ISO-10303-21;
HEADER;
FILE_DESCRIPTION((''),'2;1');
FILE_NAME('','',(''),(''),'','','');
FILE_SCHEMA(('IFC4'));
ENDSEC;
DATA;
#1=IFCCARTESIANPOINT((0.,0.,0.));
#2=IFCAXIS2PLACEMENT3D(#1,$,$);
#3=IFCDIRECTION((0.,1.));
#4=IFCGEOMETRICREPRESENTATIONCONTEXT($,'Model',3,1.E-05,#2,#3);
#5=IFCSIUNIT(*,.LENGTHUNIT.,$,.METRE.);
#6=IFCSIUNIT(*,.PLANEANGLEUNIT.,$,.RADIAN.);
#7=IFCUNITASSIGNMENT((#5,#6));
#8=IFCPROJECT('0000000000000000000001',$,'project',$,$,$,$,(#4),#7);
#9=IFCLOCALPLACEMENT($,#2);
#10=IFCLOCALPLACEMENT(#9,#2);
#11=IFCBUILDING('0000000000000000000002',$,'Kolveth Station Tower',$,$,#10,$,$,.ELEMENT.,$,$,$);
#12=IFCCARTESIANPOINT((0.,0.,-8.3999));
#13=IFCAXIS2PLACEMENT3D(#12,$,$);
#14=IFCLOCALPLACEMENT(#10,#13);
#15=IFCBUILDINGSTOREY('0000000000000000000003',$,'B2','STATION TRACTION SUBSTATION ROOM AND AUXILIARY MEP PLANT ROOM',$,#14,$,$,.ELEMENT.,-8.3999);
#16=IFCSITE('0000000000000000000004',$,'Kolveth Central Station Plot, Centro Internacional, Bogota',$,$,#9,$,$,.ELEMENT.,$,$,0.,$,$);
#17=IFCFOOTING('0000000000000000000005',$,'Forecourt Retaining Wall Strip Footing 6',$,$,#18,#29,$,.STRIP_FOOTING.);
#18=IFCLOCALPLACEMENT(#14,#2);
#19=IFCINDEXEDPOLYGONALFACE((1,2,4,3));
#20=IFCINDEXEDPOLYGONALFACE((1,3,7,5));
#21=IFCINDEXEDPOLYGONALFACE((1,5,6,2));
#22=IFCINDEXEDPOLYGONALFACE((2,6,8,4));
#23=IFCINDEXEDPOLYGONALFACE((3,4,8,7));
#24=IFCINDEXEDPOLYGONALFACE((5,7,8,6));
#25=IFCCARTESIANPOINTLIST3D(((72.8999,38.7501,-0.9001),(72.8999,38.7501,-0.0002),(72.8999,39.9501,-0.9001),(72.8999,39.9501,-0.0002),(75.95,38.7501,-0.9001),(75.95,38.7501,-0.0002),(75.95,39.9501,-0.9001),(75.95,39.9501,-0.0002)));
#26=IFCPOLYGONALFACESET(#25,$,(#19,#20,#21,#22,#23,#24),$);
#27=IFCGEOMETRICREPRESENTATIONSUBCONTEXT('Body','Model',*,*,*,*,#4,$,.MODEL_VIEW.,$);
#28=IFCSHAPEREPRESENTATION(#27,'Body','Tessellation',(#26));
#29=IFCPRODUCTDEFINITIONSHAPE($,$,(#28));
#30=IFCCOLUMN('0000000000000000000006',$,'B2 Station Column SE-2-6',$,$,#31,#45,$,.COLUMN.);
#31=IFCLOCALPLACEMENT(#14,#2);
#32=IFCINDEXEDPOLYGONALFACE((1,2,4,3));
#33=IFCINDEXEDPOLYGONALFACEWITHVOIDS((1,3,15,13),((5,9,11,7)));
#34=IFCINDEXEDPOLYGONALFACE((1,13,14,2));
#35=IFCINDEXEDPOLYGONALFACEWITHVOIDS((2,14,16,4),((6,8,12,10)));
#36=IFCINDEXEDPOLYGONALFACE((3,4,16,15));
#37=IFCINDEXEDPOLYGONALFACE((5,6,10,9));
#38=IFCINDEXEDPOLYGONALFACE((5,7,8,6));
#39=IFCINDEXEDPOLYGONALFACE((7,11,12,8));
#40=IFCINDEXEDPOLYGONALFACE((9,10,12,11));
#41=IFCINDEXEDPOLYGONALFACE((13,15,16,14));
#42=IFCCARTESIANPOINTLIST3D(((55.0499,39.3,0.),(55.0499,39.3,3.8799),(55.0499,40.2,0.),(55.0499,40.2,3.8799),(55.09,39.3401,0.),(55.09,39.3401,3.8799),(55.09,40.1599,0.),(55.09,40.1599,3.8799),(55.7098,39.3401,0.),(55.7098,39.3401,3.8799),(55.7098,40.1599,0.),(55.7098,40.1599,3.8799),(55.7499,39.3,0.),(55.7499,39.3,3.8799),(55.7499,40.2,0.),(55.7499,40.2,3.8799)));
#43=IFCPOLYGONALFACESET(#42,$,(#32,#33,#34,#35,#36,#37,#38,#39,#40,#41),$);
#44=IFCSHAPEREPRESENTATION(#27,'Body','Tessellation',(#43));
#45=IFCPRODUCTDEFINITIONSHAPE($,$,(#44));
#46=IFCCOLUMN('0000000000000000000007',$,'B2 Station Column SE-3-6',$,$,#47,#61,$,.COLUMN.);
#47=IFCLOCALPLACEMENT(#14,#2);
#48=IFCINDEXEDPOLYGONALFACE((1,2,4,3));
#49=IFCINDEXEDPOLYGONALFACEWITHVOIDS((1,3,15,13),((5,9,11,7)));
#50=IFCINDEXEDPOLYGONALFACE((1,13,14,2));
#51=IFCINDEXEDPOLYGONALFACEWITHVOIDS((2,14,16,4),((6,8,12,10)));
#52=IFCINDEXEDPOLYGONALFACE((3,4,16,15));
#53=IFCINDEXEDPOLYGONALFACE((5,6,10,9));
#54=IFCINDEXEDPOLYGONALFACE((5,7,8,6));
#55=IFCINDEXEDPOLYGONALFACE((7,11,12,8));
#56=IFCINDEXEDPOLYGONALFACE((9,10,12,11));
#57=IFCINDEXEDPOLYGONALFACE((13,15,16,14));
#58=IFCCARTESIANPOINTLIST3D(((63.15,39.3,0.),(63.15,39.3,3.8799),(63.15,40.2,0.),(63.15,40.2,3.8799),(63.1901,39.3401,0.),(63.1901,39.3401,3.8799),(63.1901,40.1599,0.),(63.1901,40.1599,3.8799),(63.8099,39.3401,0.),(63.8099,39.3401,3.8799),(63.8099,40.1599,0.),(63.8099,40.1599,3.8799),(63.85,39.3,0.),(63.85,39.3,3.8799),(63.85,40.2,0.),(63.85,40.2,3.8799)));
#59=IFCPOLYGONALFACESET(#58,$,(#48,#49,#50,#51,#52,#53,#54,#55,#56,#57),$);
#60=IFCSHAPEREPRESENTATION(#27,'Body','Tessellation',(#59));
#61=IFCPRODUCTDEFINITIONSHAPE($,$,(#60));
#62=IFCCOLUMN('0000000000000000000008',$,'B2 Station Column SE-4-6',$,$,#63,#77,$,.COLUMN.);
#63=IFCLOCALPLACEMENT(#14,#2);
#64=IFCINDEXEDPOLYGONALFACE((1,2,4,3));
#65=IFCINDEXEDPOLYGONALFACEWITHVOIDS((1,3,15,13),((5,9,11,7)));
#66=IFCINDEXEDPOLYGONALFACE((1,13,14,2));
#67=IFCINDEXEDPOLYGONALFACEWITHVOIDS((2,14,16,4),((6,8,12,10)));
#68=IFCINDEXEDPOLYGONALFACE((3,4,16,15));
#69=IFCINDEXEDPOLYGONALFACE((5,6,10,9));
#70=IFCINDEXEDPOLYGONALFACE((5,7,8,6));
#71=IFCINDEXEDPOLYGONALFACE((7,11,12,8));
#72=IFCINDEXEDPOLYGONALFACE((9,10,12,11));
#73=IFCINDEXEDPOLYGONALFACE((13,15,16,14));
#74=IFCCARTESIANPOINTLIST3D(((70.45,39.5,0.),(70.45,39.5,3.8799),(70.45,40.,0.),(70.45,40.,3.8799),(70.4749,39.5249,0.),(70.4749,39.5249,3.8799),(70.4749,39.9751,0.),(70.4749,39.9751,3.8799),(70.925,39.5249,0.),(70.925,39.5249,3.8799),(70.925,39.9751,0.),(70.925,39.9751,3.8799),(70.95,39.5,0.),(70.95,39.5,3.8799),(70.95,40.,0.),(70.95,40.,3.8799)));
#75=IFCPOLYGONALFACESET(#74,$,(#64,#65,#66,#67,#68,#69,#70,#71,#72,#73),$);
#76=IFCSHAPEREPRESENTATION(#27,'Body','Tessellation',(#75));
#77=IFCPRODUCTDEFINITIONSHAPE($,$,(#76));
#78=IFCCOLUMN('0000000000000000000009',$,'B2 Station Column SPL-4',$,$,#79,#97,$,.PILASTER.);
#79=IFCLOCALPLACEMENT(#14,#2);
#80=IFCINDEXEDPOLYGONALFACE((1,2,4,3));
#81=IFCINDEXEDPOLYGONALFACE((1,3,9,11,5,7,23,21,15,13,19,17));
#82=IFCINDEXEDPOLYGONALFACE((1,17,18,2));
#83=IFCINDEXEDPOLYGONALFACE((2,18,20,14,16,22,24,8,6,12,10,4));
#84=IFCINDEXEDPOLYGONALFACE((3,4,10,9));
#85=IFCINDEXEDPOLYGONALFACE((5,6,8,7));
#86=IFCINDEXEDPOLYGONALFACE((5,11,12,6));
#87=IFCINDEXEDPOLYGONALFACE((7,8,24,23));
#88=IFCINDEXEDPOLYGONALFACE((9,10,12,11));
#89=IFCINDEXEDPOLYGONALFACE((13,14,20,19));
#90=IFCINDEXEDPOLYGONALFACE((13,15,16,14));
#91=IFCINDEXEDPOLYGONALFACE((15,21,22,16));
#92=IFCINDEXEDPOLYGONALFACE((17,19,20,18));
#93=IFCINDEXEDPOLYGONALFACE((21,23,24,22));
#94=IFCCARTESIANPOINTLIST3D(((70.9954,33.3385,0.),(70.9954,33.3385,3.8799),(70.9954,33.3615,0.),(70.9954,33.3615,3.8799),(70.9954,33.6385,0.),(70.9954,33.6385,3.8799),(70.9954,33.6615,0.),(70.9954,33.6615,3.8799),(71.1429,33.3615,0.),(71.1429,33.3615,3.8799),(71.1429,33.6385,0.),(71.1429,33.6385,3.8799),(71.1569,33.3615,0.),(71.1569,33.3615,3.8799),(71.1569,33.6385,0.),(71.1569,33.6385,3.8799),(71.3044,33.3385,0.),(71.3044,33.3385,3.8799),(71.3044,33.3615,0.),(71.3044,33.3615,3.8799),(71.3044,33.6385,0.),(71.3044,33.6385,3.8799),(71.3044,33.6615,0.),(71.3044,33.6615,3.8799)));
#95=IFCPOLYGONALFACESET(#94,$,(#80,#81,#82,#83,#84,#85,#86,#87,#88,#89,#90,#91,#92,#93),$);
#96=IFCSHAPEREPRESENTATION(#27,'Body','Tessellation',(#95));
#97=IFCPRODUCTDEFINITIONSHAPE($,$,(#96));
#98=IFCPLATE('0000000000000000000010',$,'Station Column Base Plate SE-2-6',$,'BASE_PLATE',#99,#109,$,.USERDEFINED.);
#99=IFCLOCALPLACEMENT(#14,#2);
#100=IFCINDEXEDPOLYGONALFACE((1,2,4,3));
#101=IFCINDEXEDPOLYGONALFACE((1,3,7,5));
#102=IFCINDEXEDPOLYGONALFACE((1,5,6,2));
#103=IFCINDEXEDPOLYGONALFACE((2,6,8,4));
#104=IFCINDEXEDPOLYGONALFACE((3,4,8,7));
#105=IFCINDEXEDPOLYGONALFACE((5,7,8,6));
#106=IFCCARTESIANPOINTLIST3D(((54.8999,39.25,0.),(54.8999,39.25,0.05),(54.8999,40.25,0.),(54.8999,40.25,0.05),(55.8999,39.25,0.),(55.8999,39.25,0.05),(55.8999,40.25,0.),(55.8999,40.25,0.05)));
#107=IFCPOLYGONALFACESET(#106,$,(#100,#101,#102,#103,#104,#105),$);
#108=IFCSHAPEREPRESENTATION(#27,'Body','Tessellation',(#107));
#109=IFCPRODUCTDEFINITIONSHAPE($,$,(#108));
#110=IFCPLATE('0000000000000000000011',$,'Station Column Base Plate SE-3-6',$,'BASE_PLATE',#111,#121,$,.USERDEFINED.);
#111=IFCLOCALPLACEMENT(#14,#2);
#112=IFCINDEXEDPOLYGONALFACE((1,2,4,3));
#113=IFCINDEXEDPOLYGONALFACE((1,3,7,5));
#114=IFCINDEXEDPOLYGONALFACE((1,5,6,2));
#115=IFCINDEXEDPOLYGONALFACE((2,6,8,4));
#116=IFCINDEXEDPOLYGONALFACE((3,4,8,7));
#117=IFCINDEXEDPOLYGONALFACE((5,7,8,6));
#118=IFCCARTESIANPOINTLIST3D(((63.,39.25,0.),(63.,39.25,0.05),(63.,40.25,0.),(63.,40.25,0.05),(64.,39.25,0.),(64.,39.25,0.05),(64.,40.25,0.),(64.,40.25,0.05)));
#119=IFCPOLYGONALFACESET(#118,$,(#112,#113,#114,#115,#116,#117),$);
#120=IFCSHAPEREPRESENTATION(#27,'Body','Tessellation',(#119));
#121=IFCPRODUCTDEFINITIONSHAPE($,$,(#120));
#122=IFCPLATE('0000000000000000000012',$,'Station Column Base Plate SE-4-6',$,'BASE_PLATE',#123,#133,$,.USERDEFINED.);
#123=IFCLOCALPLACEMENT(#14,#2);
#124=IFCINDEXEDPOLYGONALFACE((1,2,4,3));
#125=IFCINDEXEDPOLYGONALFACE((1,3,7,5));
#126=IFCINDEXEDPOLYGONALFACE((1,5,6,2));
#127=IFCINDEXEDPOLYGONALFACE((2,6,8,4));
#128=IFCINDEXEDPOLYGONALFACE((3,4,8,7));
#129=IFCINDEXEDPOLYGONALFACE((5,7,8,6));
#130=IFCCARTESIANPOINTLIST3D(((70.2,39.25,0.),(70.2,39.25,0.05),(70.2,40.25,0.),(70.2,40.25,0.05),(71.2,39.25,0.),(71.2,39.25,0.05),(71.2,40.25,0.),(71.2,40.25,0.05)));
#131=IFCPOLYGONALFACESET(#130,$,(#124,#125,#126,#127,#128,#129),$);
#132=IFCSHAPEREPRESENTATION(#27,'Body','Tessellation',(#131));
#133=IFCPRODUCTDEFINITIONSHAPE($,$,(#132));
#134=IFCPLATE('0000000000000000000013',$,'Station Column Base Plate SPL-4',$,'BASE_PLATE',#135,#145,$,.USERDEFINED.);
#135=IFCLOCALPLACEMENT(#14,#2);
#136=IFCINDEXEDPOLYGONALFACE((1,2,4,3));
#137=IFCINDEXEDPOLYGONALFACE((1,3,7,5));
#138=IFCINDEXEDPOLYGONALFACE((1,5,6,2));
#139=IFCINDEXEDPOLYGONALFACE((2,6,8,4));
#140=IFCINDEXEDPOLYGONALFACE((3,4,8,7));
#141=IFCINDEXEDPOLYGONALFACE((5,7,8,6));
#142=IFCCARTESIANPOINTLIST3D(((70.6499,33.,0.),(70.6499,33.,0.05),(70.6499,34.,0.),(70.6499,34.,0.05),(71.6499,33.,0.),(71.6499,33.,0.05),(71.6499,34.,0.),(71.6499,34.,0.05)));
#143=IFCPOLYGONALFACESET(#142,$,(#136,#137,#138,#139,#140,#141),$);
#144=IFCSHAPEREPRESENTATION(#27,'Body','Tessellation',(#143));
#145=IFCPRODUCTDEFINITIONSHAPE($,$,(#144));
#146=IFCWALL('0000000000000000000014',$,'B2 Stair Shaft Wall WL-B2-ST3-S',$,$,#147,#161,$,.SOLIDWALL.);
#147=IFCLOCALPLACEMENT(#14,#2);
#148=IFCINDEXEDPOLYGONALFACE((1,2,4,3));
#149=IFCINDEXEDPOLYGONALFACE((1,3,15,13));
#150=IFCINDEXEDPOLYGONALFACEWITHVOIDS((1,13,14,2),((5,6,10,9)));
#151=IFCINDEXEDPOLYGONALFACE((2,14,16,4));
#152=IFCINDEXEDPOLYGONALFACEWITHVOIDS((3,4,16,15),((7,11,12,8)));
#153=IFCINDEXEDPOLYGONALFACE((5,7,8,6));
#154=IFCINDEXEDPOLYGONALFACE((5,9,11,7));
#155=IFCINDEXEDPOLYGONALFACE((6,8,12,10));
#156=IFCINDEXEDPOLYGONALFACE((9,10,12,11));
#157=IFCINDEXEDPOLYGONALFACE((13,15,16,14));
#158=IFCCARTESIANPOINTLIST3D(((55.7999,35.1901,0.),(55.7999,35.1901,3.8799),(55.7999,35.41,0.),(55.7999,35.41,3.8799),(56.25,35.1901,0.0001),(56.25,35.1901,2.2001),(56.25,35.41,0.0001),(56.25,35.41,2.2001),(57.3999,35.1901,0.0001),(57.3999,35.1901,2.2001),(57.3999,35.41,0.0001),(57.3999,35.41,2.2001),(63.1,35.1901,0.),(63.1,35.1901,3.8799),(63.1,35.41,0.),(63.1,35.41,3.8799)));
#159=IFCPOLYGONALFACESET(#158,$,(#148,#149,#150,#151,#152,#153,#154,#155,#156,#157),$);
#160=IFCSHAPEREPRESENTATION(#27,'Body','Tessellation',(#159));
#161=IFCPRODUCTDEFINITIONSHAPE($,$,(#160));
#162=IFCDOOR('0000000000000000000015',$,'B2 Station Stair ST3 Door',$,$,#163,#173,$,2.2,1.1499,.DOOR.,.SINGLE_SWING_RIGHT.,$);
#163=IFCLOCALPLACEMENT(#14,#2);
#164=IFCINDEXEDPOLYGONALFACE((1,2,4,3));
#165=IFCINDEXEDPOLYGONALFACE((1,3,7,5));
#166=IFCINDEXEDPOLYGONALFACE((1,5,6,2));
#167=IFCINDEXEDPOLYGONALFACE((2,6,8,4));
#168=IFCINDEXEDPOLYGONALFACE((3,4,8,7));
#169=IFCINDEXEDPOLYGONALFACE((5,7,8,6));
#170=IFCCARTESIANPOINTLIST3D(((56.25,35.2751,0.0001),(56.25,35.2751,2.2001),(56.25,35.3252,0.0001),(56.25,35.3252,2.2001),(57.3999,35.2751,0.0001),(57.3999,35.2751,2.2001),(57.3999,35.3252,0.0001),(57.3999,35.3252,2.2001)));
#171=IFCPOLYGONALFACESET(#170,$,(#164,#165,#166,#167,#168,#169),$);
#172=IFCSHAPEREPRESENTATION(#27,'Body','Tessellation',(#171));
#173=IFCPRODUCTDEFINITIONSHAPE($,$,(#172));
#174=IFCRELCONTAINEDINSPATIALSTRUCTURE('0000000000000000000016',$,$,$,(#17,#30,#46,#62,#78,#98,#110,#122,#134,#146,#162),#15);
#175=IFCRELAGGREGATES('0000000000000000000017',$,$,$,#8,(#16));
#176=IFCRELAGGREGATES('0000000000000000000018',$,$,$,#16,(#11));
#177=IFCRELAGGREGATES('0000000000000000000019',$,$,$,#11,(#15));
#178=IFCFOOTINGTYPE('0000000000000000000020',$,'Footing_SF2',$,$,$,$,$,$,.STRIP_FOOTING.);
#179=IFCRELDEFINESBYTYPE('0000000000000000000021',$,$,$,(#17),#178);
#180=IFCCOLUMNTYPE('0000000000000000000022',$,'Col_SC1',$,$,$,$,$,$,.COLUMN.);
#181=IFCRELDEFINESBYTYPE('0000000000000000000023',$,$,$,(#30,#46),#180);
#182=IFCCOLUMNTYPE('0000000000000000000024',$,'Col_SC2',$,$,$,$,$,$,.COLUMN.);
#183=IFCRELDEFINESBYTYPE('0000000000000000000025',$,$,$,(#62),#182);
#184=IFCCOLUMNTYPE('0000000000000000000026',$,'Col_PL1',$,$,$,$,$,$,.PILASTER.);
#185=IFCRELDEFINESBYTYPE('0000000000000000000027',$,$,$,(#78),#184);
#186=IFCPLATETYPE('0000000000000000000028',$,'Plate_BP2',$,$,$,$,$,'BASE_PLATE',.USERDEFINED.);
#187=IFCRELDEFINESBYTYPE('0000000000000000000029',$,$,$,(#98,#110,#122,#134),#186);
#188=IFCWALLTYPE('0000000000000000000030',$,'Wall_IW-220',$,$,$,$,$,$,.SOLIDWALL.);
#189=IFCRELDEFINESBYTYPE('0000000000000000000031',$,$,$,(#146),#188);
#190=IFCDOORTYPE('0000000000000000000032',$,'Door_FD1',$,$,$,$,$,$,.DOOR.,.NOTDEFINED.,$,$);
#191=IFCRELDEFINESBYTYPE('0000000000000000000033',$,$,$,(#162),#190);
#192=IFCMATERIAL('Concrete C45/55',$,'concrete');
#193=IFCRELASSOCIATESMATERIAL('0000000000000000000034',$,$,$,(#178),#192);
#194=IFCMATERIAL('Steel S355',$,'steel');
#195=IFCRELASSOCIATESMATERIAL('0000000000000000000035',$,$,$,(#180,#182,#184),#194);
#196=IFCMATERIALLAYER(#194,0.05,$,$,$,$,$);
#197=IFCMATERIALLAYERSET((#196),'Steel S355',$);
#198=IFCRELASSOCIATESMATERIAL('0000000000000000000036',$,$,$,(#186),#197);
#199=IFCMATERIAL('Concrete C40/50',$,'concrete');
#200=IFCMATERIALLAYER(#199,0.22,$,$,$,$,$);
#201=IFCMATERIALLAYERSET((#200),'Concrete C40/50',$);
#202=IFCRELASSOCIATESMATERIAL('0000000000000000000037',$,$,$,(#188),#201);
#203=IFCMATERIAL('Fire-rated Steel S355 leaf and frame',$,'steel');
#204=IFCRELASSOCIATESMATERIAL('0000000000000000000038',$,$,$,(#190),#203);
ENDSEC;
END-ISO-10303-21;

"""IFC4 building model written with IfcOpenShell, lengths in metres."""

from ifc_helpers import new_model, si_unit, direction, frame, frame_2d, origin, origin_2d, place, context, subcontext, project, spatial, rectangle, hollow_rectangle, i_section, extrude, source, transform, mapped, material, layer, layer_set, material_profile, profile_set, type_object, element, fill, save


model = new_model("IFC4")

# Units and contexts
model_context = context("Model", 3, precision=1e-05, world=origin(), true_north=direction((0.0, 1.0)))
body_context = subcontext(model_context, "Body", "Model", "MODEL_VIEW")
ifc_project = project(units=[si_unit("LENGTHUNIT", "METRE"), si_unit("PLANEANGLEUNIT", "RADIAN")], contexts=[model_context])

# Site, building, storey
site_placement = place(None, origin())
site = spatial("IfcSite", under=ifc_project, at=site_placement, Name="Kolveth Central Station Plot, Centro Internacional, Bogota", CompositionType="ELEMENT", RefElevation=0.0)
building_placement = place(site_placement, origin())
building = spatial("IfcBuilding", under=site, at=building_placement, Name="Kolveth Station Tower", CompositionType="ELEMENT")
storey_placement = place(building_placement, frame((0.0, 0.0, -8.3999)))
storey = spatial("IfcBuildingStorey", under=building, at=storey_placement, Name="B2", Description="STATION TRACTION SUBSTATION ROOM AND AUXILIARY MEP PLANT ROOM", CompositionType="ELEMENT", Elevation=-8.3999)

# Shared definitions
ifc_material_1 = material(Name="Concrete C45/55", Category="concrete")

# Footing
ifc_material_profile_1 = material_profile(ifc_material_1, rectangle(XDim=1.2, YDim=0.8999, at=origin_2d()), Name="RC-1200x900")
ifc_profile_set_1 = profile_set([ifc_material_profile_1], Name="Concrete C45/55")
footing_type = type_object("IfcFootingType", Name="Footing_SF2", PredefinedType="STRIP_FOOTING", material=ifc_profile_set_1)
shared_shape_1 = source(origin(), body_context, "Body", "SweptSolid", [
    extrude(rectangle(XDim=1.2, YDim=0.8999, at=origin_2d()), origin(), (0.0, 0.0, 1.0), 3.05),
])
footing_placement = place(storey_placement, frame((72.8999, 39.3501, -0.4502), z_axis=(1.0, 0.0, 0.0), x_axis=(0.0, 1.0, 0.0)))
element("IfcFooting", 1, at=footing_placement, inside=storey, type_object=footing_type, Name="Forecourt Retaining Wall Strip Footing 6", PredefinedType="STRIP_FOOTING", context=body_context, shape_type="MappedRepresentation", body=[
    mapped(shared_shape_1, transform((0.0, 0.0, 0.0), x_axis=(1.0, 0.0, 0.0), y_axis=(0.0, 1.0, 0.0), z_axis=(0.0, 0.0, 1.0), scale=1.0)),
])

# Columns
ifc_material_2 = material(Name="Steel S355", Category="steel")
ifc_material_profile_2 = material_profile(ifc_material_2, hollow_rectangle(XDim=0.7, YDim=0.8999, WallThickness=0.04, at=origin_2d()), Name="BOX900x700x40")
ifc_profile_set_2 = profile_set([ifc_material_profile_2], Name="Steel S355")
column_type_1 = type_object("IfcColumnType", Name="Col_SC1", PredefinedType="COLUMN", material=ifc_profile_set_2)
shared_shape_2 = source(origin(), body_context, "Body", "SweptSolid", [
    extrude(hollow_rectangle(XDim=0.7, YDim=0.8999, WallThickness=0.04, at=origin_2d()), origin(), (0.0, 0.0, 1.0), 3.8799),
])
for number, where, z_axis, x_axis, name in (
    (2, (55.3999, 39.75, 0.0), (0.0, 0.0, 1.0), (1.0, 0.0, 0.0), "B2 Station Column SE-2-6"),
    (3, (63.5, 39.75, 0.0), (0.0, 0.0, 1.0), (1.0, 0.0, 0.0), "B2 Station Column SE-3-6"),
):
    element("IfcColumn", number, at=place(storey_placement, frame(where, z_axis=z_axis, x_axis=x_axis)), inside=storey, type_object=column_type_1, Name=name, PredefinedType="COLUMN", context=body_context, shape_type="MappedRepresentation", body=[
        mapped(shared_shape_2, transform((0.0, 0.0, 0.0), x_axis=(1.0, 0.0, 0.0), y_axis=(0.0, 1.0, 0.0), z_axis=(0.0, 0.0, 1.0), scale=1.0)),
    ])
ifc_material_profile_3 = material_profile(ifc_material_2, hollow_rectangle(XDim=0.5, YDim=0.5, WallThickness=0.0249, at=origin_2d()), Name="HSS500x500x25")
ifc_profile_set_3 = profile_set([ifc_material_profile_3], Name="Steel S355")
column_type_2 = type_object("IfcColumnType", Name="Col_SC2", PredefinedType="COLUMN", material=ifc_profile_set_3)
shared_shape_3 = source(origin(), body_context, "Body", "SweptSolid", [
    extrude(hollow_rectangle(XDim=0.5, YDim=0.5, WallThickness=0.0249, at=origin_2d()), origin(), (0.0, 0.0, 1.0), 3.8799),
])
column_1_placement = place(storey_placement, frame((70.7, 39.75, 0.0), z_axis=(0.0, 0.0, 1.0), x_axis=(1.0, 0.0, 0.0)))
element("IfcColumn", 4, at=column_1_placement, inside=storey, type_object=column_type_2, Name="B2 Station Column SE-4-6", PredefinedType="COLUMN", context=body_context, shape_type="MappedRepresentation", body=[
    mapped(shared_shape_3, transform((0.0, 0.0, 0.0), x_axis=(1.0, 0.0, 0.0), y_axis=(0.0, 1.0, 0.0), z_axis=(0.0, 0.0, 1.0), scale=1.0)),
])
ifc_material_profile_4 = material_profile(ifc_material_2, i_section(OverallWidth=0.3091, OverallDepth=0.323, WebThickness=0.0139, FlangeThickness=0.0229, at=origin_2d()), Name="W310x143")
ifc_profile_set_4 = profile_set([ifc_material_profile_4], Name="Steel S355")
column_type_3 = type_object("IfcColumnType", Name="Col_PL1", PredefinedType="PILASTER", material=ifc_profile_set_4)
shared_shape_4 = source(origin(), body_context, "Body", "SweptSolid", [
    extrude(i_section(OverallWidth=0.3091, OverallDepth=0.323, WebThickness=0.0139, FlangeThickness=0.0229, at=origin_2d()), origin(), (0.0, 0.0, 1.0), 3.8799),
])
column_2_placement = place(storey_placement, frame((71.1499, 33.5, 0.0), z_axis=(0.0, 0.0, 1.0), x_axis=(1.0, 0.0, 0.0)))
element("IfcColumn", 5, at=column_2_placement, inside=storey, type_object=column_type_3, Name="B2 Station Column SPL-4", PredefinedType="PILASTER", context=body_context, shape_type="MappedRepresentation", body=[
    mapped(shared_shape_4, transform((0.0, 0.0, 0.0), x_axis=(1.0, 0.0, 0.0), y_axis=(0.0, 1.0, 0.0), z_axis=(0.0, 0.0, 1.0), scale=1.0)),
])

# Plates
ifc_layer_1 = layer(ifc_material_2, 0.05)
ifc_layer_set_1 = layer_set([ifc_layer_1], Name="Steel S355")
plate_type = type_object("IfcPlateType", Name="Plate_BP2", ElementType="BASE_PLATE", PredefinedType="USERDEFINED", material=ifc_layer_set_1)
shared_shape_5 = source(origin(), body_context, "Body", "SweptSolid", [
    extrude(rectangle(XDim=1.0, YDim=1.0, at=origin_2d()), origin(), (0.0, 0.0, 1.0), 0.05),
])
for number, where, z_axis, x_axis, name in (
    (6, (55.3999, 39.75, 0.0), (0.0, 0.0, 1.0), (1.0, 0.0, 0.0), "Station Column Base Plate SE-2-6"),
    (7, (63.5, 39.75, 0.0), (0.0, 0.0, 1.0), (1.0, 0.0, 0.0), "Station Column Base Plate SE-3-6"),
    (8, (70.7, 39.75, 0.0), (0.0, 0.0, 1.0), (1.0, 0.0, 0.0), "Station Column Base Plate SE-4-6"),
    (9, (71.1499, 33.5, 0.0), (0.0, 0.0, 1.0), (1.0, 0.0, 0.0), "Station Column Base Plate SPL-4"),
):
    element("IfcPlate", number, at=place(storey_placement, frame(where, z_axis=z_axis, x_axis=x_axis)), inside=storey, type_object=plate_type, Name=name, ObjectType="BASE_PLATE", PredefinedType="USERDEFINED", context=body_context, shape_type="MappedRepresentation", body=[
        mapped(shared_shape_5, transform((0.0, 0.0, 0.0), x_axis=(1.0, 0.0, 0.0), y_axis=(0.0, 1.0, 0.0), z_axis=(0.0, 0.0, 1.0), scale=1.0)),
    ])

# Wall, opening, door
ifc_material_3 = material(Name="Concrete C40/50", Category="concrete")
ifc_layer_2 = layer(ifc_material_3, 0.22)
ifc_layer_set_2 = layer_set([ifc_layer_2], Name="Concrete C40/50")
wall_type_1 = type_object("IfcWallType", Name="Wall_IW-220", PredefinedType="SOLIDWALL", material=ifc_layer_set_2)
wall_1_placement = place(storey_placement, frame((55.8, 35.3, 0.0), z_axis=(0.0, 0.0, 1.0), x_axis=(1.0, 0.0, 0.0)))
wall_1 = element("IfcWall", 10, at=wall_1_placement, inside=storey, type_object=wall_type_1, Name="B2 Stair Shaft Wall WL-B2-ST3-S", PredefinedType="SOLIDWALL", context=body_context, shape_type="SweptSolid", body=[
    extrude(rectangle(XDim=7.3, YDim=0.22, at=frame_2d((3.6499, 0.0))), origin(), (0.0, 0.0, 1.0), 3.8799),
])
opening_placement = place(wall_1_placement, frame((0.45, 0.0, 0.0)))
opening = element("IfcOpeningElement", 11, at=opening_placement, cuts=wall_1, PredefinedType="OPENING", context=body_context, shape_type="SweptSolid", body=[
    extrude(rectangle(XDim=1.1499, YDim=2.2, at=frame_2d((0.575, 1.1001))), frame((0.0, 0.1199, 0.0), z_axis=(0.0, -1.0, 0.0), x_axis=(1.0, 0.0, 0.0)), (0.0, 0.0, 1.0), 0.24),
])
ifc_material_4 = material(Name="Fire-rated Steel S355 leaf and frame", Category="steel")
door_type = type_object("IfcDoorType", Name="Door_FD1", OperationType="NOTDEFINED", PredefinedType="DOOR", material=ifc_material_4)
door_placement = place(opening_placement, frame((1.1499, 0.0, 0.0), z_axis=(0.0, 0.0, 1.0), x_axis=(-1.0, 0.0, 0.0)))
door = element("IfcDoor", 12, at=door_placement, inside=storey, type_object=door_type, Name="B2 Station Stair ST3 Door", OperationType="SINGLE_SWING_RIGHT", OverallHeight=2.2, OverallWidth=1.1499, PredefinedType="DOOR", context=body_context, shape_type="SweptSolid", body=[
    extrude(rectangle(XDim=1.1499, YDim=2.2, at=frame_2d((0.575, 1.1001))), frame((0.0, 0.0249, 0.0), z_axis=(0.0, -1.0, 0.0), x_axis=(1.0, 0.0, 0.0)), (0.0, 0.0, 1.0), 0.05),
])
fill(opening, door)

save(model, "model.ifc")
